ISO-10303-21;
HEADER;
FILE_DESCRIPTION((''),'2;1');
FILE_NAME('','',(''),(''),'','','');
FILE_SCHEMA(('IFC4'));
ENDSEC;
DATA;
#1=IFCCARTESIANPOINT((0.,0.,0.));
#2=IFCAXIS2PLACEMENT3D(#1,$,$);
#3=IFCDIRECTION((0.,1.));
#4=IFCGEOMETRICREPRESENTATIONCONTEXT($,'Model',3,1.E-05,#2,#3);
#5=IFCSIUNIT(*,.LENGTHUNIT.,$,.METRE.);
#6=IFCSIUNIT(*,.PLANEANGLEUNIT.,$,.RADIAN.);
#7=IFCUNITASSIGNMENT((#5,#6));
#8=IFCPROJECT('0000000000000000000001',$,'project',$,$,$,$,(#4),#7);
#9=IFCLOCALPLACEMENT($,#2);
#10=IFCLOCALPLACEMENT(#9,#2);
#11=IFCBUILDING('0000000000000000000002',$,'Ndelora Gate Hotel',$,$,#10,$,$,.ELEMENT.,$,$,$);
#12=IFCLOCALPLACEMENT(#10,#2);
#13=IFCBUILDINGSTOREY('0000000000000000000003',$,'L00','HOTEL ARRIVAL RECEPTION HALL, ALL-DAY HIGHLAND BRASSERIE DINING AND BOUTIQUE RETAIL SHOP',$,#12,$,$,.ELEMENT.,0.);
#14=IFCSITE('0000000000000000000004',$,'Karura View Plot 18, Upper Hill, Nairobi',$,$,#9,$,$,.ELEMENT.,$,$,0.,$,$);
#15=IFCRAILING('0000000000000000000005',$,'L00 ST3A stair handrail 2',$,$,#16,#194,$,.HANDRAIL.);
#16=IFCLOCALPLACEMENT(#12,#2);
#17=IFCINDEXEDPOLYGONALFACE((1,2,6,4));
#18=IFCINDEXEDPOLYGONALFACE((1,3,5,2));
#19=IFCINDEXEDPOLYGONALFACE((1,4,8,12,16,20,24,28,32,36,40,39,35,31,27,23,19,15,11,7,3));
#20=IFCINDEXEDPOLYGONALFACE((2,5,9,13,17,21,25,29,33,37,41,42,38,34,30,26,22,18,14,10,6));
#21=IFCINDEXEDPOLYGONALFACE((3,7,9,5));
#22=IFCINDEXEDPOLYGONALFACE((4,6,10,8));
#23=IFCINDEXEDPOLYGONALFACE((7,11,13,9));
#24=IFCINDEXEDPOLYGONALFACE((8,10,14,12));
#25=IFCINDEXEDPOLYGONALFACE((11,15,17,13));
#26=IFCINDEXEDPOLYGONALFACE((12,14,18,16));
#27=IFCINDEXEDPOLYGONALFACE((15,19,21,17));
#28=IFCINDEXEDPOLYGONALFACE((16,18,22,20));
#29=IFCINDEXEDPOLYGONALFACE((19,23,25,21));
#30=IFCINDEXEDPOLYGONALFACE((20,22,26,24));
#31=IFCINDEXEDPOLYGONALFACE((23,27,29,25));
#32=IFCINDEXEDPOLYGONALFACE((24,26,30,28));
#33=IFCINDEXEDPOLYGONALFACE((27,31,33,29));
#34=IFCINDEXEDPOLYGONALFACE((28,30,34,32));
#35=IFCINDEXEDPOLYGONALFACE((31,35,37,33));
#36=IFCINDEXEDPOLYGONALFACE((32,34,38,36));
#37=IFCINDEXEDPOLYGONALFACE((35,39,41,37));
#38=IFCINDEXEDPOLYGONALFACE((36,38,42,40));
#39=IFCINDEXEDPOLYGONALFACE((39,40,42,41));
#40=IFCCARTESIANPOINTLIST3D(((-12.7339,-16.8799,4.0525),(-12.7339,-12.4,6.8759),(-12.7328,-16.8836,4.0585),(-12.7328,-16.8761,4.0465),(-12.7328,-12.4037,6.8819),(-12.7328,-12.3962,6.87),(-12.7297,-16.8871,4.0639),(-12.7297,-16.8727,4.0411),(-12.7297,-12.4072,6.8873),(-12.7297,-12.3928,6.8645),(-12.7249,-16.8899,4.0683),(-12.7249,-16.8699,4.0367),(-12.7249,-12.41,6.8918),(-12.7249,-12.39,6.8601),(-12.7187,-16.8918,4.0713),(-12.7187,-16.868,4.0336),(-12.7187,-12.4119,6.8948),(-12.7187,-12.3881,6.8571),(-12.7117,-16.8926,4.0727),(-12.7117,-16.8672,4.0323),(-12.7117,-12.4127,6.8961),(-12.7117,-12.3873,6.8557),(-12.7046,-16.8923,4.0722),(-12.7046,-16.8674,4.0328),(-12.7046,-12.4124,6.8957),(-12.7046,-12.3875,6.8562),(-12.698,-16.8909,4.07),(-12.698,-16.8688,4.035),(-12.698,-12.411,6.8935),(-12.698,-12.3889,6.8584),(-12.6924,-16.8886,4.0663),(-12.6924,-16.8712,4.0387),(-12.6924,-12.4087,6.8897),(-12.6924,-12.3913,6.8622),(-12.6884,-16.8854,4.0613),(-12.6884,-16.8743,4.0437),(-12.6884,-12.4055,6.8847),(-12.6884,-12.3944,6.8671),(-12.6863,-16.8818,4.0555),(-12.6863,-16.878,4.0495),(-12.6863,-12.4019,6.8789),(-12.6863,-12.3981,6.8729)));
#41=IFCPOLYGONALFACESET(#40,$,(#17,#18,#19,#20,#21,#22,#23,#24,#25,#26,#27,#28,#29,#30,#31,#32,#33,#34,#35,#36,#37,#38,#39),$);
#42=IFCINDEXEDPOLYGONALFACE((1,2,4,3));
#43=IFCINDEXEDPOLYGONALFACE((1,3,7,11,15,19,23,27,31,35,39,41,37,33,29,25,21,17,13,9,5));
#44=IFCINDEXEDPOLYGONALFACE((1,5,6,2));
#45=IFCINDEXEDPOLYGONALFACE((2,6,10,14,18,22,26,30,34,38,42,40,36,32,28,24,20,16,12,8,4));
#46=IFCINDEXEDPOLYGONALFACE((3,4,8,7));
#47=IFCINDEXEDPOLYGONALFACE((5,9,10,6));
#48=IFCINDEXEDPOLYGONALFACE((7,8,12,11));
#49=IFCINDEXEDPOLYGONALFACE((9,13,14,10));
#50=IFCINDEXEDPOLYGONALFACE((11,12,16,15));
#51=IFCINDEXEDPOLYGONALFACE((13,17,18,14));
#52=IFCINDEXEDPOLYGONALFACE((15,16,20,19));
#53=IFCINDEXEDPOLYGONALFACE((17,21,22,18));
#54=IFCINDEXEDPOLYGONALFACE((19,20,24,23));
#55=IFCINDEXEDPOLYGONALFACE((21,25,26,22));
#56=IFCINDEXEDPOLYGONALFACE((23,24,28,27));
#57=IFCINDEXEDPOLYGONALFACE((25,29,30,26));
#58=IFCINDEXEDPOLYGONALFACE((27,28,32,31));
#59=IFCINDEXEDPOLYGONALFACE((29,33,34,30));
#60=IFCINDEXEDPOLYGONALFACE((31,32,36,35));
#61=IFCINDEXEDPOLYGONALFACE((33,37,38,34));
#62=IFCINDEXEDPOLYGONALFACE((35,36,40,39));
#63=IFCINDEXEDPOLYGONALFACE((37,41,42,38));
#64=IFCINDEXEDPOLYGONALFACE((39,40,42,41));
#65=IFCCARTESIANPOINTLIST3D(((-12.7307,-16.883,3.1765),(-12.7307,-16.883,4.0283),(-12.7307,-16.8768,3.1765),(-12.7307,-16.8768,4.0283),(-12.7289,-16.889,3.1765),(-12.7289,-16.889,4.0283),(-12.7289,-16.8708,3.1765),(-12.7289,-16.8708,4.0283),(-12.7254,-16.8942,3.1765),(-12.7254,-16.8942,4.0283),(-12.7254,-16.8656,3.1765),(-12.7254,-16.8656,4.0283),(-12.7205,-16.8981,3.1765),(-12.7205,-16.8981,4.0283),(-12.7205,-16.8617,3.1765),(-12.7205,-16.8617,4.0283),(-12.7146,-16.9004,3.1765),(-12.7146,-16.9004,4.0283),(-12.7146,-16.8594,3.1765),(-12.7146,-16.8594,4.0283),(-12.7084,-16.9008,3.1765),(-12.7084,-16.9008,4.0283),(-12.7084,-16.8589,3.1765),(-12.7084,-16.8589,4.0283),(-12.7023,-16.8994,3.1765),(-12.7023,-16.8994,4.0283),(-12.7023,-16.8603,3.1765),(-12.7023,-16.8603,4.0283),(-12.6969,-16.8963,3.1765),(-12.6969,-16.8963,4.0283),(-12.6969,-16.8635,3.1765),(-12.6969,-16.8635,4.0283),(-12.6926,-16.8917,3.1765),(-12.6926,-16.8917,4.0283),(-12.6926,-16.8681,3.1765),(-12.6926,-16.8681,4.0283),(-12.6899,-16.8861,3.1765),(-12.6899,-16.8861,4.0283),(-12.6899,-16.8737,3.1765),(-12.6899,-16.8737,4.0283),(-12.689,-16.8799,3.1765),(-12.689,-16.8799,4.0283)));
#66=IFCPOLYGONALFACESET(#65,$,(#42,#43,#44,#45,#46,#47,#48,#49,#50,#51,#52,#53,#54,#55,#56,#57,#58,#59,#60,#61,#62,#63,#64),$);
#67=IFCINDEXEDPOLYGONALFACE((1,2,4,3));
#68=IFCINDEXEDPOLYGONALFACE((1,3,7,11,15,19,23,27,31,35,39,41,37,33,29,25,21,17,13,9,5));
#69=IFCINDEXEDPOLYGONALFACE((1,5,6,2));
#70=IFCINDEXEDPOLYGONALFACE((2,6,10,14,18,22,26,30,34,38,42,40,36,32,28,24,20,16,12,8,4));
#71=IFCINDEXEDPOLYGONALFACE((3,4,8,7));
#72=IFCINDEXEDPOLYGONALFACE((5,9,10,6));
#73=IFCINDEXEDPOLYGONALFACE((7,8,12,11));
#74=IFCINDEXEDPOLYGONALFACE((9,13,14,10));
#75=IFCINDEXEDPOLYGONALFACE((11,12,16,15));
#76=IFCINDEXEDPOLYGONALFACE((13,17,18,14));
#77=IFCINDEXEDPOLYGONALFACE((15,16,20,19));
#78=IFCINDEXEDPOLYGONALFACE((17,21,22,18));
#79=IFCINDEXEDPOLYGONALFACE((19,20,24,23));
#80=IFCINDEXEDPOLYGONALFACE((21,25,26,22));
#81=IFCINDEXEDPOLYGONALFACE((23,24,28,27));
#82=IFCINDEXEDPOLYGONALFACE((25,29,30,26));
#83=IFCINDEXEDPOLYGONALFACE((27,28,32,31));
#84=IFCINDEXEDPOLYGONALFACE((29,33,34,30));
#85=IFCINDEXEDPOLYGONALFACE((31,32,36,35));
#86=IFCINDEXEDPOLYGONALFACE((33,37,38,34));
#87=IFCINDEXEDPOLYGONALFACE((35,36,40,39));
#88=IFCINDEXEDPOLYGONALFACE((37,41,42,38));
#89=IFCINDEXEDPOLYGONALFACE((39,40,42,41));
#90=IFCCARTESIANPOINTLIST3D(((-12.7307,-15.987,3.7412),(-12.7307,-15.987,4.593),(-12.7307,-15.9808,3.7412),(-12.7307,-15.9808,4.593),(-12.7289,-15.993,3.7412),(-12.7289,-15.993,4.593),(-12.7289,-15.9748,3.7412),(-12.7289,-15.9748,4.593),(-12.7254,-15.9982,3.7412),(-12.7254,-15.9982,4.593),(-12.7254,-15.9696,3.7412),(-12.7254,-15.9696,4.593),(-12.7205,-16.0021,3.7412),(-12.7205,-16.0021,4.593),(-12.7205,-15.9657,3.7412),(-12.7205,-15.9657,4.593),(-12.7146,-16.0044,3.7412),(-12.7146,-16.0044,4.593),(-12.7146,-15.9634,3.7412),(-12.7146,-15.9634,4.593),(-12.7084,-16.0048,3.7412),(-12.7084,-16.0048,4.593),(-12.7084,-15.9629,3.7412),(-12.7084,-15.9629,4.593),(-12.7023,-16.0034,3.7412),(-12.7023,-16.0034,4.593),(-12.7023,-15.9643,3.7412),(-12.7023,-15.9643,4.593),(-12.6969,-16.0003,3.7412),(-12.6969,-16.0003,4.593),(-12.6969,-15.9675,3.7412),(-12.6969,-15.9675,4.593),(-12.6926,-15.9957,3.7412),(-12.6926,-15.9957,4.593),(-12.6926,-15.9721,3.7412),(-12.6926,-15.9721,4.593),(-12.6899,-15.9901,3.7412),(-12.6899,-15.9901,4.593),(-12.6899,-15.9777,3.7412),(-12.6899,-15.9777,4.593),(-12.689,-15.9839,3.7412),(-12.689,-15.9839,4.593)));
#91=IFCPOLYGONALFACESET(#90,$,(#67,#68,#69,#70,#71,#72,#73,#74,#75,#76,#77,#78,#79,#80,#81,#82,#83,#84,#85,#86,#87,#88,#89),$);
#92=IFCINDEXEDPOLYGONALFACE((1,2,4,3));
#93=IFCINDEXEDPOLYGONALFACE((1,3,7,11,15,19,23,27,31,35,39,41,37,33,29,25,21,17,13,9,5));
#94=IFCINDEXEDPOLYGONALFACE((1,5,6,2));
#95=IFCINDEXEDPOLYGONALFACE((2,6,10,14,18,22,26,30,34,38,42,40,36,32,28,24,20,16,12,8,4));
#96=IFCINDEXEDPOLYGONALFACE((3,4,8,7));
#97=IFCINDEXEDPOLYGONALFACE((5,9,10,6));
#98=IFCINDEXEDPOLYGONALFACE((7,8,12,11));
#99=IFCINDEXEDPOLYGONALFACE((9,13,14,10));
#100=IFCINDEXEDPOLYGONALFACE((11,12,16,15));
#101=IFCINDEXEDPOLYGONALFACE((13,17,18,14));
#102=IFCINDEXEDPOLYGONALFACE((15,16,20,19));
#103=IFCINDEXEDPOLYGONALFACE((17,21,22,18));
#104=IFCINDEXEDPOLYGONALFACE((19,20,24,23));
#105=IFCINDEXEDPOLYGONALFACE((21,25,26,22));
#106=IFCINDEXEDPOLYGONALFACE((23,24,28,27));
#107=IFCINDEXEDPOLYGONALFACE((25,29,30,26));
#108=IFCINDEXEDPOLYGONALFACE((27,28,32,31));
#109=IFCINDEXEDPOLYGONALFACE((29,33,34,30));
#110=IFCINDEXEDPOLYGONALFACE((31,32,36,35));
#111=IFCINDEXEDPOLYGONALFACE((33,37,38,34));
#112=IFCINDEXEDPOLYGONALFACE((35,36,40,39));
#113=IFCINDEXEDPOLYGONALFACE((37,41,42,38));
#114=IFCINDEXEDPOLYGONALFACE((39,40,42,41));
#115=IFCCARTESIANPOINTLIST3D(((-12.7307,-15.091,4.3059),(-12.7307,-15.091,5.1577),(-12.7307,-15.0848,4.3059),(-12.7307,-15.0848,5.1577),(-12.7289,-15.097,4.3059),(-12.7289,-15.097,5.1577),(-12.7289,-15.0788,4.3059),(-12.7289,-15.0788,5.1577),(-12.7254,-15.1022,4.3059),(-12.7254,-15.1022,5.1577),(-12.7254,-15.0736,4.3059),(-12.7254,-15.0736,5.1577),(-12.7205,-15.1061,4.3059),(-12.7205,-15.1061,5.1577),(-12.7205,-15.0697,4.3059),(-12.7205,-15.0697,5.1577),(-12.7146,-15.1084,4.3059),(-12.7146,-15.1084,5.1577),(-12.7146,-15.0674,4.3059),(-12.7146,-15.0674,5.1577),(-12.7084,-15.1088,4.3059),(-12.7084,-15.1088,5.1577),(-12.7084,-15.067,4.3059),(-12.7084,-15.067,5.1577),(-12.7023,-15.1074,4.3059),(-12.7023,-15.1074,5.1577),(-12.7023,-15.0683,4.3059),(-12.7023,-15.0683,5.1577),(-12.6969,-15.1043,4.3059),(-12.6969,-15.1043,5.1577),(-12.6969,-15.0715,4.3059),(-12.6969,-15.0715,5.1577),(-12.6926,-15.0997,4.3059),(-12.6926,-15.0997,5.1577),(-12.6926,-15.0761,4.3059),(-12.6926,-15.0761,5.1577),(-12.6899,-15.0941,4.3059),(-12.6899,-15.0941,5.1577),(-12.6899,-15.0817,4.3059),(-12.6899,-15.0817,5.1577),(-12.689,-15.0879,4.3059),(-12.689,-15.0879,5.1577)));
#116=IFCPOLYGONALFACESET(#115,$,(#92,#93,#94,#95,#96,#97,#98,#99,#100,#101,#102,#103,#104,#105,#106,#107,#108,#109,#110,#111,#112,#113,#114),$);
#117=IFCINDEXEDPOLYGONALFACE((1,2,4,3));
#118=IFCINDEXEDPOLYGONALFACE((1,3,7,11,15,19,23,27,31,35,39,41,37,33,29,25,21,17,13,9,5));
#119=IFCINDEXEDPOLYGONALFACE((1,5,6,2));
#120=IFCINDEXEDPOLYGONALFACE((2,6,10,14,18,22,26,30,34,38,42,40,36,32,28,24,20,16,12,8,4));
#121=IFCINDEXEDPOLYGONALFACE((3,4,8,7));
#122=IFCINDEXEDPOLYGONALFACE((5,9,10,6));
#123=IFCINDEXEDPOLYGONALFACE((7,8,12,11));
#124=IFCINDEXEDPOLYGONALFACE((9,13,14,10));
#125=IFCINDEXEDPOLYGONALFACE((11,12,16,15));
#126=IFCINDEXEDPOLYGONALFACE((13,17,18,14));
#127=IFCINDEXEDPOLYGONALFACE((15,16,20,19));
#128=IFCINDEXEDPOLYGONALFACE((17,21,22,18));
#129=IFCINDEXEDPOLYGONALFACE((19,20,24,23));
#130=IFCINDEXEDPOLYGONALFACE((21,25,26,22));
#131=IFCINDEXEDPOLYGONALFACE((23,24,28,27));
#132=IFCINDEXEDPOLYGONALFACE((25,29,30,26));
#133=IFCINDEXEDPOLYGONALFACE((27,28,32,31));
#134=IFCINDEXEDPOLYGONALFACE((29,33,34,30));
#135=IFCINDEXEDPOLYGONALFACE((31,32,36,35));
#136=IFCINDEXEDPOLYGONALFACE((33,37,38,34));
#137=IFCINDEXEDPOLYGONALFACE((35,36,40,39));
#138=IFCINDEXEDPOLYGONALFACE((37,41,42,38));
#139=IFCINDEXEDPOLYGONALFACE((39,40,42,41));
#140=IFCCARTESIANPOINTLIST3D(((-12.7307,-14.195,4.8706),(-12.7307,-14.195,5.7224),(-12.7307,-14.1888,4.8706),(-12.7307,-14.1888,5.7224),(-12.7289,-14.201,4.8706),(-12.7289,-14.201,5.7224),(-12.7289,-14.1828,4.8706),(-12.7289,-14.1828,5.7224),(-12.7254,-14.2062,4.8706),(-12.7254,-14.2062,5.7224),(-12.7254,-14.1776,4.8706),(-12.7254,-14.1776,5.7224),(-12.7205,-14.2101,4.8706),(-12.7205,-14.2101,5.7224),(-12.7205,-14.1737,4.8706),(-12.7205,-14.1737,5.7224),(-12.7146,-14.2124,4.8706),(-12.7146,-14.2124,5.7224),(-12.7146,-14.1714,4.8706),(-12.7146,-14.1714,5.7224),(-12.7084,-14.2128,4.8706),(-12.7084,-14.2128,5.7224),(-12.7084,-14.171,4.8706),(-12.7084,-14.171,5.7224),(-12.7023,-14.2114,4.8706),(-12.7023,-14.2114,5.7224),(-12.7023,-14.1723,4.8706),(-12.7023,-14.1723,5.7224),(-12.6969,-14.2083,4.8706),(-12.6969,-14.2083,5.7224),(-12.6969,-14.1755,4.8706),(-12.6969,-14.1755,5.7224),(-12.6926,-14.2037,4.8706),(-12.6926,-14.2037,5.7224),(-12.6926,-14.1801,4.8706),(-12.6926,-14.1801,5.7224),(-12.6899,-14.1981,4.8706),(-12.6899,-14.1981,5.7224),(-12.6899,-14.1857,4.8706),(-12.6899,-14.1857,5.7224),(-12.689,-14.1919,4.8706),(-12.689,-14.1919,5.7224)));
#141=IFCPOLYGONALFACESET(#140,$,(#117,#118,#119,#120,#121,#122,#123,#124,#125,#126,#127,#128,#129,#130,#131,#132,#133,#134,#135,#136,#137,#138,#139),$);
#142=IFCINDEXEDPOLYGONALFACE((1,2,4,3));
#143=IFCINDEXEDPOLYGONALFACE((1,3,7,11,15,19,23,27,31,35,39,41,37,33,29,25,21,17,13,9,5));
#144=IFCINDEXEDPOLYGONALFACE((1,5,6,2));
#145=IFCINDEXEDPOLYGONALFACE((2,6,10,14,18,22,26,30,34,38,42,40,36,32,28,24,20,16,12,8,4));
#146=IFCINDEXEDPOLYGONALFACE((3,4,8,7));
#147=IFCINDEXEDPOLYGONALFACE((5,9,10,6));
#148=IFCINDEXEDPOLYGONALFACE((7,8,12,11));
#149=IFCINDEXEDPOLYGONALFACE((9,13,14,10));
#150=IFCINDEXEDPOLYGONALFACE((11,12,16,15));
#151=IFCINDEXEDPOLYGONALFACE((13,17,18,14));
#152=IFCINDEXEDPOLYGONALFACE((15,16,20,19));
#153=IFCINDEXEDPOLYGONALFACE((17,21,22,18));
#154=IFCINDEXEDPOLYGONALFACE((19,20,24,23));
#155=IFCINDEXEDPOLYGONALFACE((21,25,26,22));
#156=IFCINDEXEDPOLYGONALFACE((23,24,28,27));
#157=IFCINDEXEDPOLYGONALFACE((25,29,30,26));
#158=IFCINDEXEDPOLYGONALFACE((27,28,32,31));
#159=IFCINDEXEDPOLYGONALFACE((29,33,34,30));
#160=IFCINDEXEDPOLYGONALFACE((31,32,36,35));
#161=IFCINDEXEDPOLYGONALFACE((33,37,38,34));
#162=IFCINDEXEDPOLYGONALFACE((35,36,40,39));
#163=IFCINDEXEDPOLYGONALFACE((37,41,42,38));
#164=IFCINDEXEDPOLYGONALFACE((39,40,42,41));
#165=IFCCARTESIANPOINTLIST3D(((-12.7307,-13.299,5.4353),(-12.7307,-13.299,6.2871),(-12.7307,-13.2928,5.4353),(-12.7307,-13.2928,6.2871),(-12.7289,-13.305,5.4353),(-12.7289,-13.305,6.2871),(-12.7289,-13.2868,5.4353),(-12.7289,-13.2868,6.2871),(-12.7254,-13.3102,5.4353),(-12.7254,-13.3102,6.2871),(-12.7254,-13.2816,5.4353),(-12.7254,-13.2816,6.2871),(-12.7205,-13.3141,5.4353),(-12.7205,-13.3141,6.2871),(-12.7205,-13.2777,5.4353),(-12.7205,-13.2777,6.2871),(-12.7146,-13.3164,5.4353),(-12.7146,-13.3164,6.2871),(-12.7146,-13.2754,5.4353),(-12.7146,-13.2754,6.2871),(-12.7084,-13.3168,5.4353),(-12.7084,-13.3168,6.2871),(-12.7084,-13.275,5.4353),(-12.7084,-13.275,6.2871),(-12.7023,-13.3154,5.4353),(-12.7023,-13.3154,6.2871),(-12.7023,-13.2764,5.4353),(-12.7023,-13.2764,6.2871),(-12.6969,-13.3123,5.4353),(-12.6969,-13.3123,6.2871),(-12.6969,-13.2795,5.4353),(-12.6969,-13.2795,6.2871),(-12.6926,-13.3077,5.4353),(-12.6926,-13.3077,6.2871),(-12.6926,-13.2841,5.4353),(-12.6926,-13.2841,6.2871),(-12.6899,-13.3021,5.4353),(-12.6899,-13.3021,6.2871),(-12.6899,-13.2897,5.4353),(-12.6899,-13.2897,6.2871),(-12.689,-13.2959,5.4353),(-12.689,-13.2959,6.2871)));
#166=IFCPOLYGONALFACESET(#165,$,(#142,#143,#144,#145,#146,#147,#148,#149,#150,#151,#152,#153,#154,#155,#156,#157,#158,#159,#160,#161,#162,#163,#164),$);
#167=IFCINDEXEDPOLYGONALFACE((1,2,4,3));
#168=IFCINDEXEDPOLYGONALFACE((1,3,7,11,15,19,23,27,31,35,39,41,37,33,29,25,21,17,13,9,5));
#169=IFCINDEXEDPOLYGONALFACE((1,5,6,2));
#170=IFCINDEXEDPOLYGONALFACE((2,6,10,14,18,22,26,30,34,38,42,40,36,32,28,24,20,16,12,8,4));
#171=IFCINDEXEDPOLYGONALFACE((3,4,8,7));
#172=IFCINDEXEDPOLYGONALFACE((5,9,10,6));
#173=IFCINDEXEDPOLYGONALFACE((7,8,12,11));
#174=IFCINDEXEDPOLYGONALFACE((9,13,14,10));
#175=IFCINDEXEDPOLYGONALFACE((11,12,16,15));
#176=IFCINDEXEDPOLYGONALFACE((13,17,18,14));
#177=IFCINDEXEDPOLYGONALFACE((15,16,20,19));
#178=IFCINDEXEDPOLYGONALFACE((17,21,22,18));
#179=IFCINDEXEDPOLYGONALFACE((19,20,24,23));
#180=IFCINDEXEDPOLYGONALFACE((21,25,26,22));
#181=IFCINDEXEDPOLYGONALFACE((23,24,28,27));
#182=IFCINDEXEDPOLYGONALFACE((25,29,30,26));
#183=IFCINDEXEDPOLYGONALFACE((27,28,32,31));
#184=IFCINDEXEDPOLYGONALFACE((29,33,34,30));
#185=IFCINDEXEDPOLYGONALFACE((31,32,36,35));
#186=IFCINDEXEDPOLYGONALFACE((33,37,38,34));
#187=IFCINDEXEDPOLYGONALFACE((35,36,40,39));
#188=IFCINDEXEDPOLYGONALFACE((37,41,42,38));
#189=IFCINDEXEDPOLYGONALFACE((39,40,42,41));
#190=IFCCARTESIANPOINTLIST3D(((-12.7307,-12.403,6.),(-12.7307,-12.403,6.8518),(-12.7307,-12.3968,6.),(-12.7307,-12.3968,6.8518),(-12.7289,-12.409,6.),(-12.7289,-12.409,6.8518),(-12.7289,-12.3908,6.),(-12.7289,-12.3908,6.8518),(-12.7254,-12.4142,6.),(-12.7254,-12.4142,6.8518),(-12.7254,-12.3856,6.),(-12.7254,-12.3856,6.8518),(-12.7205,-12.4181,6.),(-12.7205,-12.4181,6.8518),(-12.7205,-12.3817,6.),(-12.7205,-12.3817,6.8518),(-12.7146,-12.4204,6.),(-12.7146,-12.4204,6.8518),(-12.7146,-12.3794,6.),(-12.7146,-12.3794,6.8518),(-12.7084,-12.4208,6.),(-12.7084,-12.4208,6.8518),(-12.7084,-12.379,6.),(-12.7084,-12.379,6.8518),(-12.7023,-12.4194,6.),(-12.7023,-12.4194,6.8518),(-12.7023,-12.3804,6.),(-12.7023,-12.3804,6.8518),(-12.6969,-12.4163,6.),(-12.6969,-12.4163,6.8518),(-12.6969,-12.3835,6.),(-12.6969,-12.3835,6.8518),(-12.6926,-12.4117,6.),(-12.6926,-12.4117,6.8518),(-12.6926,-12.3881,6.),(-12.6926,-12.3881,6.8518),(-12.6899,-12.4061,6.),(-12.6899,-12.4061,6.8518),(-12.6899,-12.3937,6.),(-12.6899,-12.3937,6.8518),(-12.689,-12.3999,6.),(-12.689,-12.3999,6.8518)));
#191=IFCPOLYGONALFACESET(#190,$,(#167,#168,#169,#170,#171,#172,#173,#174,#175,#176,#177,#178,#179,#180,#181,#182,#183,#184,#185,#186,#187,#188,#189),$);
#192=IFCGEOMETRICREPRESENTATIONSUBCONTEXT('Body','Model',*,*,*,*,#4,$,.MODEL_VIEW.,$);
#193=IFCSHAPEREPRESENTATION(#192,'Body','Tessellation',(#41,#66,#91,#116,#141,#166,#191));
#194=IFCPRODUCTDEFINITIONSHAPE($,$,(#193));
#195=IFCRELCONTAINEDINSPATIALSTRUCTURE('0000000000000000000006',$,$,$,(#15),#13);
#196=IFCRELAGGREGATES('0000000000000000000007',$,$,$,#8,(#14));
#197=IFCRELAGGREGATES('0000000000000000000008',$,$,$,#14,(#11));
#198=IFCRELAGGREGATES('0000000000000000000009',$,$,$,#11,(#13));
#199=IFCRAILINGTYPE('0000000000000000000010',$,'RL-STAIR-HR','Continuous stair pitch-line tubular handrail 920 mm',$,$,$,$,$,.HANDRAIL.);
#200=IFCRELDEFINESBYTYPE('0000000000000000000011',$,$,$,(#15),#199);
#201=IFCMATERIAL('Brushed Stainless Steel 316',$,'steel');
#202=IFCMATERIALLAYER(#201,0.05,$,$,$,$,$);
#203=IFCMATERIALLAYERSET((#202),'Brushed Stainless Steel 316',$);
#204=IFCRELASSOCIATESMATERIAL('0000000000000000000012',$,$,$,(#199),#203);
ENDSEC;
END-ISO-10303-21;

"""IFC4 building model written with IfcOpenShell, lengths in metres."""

from ifc_helpers import new_model, si_unit, direction, frame, origin, origin_2d, place, context, subcontext, project, spatial, circle, extrude, material, layer, layer_set, type_object, element, save


model = new_model("IFC4")

# Units and contexts
model_context = context("Model", 3, precision=1e-05, world=origin(), true_north=direction((0.0, 1.0)))
body_context = subcontext(model_context, "Body", "Model", "MODEL_VIEW")
ifc_project = project(units=[si_unit("LENGTHUNIT", "METRE"), si_unit("PLANEANGLEUNIT", "RADIAN")], contexts=[model_context])

# Site, building, storey
site_placement = place(None, origin())
site = spatial("IfcSite", under=ifc_project, at=site_placement, Name="Karura View Plot 18, Upper Hill, Nairobi", CompositionType="ELEMENT", RefElevation=0.0)
building_placement = place(site_placement, origin())
building = spatial("IfcBuilding", under=site, at=building_placement, Name="Ndelora Gate Hotel", CompositionType="ELEMENT")
storey_placement = place(building_placement, origin())
storey = spatial("IfcBuildingStorey", under=building, at=storey_placement, Name="L00", Description="HOTEL ARRIVAL RECEPTION HALL, ALL-DAY HIGHLAND BRASSERIE DINING AND BOUTIQUE RETAIL SHOP", CompositionType="ELEMENT", Elevation=0.0)

# Railing
ifc_material_1 = material(Name="Brushed Stainless Steel 316", Category="steel")
ifc_layer_1 = layer(ifc_material_1, 0.05)
ifc_layer_set_1 = layer_set([ifc_layer_1], Name="Brushed Stainless Steel 316")
railing_type_1 = type_object("IfcRailingType", Name="RL-STAIR-HR", Description="Continuous stair pitch-line tubular handrail 920 mm", PredefinedType="HANDRAIL", material=ifc_layer_set_1)
railing_1_placement = place(storey_placement, frame((-12.71, -16.8799, 3.1765)))
element("IfcRailing", 1, at=railing_1_placement, inside=storey, type_object=railing_type_1, Name="L00 ST3A stair handrail 2", PredefinedType="HANDRAIL", context=body_context, shape_type="SweptSolid", body=[
    extrude(circle(Radius=0.0239, at=origin_2d()), frame((0.0, 0.0, 0.876), z_axis=(0.0, 0.845998, 0.533186), x_axis=(-1.0, 0.0, 0.0)), (0.0, 0.0, 1.0), 5.2954),
    extrude(circle(Radius=0.021, at=origin_2d()), origin(), (0.0, 0.0, 1.0), 0.8518),
    extrude(circle(Radius=0.021, at=origin_2d()), frame((0.0, 0.896, 0.5647)), (0.0, 0.0, 1.0), 0.8518),
    extrude(circle(Radius=0.021, at=origin_2d()), frame((0.0, 1.792, 1.1294)), (0.0, 0.0, 1.0), 0.8518),
    extrude(circle(Radius=0.021, at=origin_2d()), frame((0.0, 2.688, 1.6941)), (0.0, 0.0, 1.0), 0.8518),
    extrude(circle(Radius=0.021, at=origin_2d()), frame((0.0, 3.584, 2.2588)), (0.0, 0.0, 1.0), 0.8518),
    extrude(circle(Radius=0.021, at=origin_2d()), frame((0.0, 4.48, 2.8235)), (0.0, 0.0, 1.0), 0.8518),
])

save(model, "model.ifc")
